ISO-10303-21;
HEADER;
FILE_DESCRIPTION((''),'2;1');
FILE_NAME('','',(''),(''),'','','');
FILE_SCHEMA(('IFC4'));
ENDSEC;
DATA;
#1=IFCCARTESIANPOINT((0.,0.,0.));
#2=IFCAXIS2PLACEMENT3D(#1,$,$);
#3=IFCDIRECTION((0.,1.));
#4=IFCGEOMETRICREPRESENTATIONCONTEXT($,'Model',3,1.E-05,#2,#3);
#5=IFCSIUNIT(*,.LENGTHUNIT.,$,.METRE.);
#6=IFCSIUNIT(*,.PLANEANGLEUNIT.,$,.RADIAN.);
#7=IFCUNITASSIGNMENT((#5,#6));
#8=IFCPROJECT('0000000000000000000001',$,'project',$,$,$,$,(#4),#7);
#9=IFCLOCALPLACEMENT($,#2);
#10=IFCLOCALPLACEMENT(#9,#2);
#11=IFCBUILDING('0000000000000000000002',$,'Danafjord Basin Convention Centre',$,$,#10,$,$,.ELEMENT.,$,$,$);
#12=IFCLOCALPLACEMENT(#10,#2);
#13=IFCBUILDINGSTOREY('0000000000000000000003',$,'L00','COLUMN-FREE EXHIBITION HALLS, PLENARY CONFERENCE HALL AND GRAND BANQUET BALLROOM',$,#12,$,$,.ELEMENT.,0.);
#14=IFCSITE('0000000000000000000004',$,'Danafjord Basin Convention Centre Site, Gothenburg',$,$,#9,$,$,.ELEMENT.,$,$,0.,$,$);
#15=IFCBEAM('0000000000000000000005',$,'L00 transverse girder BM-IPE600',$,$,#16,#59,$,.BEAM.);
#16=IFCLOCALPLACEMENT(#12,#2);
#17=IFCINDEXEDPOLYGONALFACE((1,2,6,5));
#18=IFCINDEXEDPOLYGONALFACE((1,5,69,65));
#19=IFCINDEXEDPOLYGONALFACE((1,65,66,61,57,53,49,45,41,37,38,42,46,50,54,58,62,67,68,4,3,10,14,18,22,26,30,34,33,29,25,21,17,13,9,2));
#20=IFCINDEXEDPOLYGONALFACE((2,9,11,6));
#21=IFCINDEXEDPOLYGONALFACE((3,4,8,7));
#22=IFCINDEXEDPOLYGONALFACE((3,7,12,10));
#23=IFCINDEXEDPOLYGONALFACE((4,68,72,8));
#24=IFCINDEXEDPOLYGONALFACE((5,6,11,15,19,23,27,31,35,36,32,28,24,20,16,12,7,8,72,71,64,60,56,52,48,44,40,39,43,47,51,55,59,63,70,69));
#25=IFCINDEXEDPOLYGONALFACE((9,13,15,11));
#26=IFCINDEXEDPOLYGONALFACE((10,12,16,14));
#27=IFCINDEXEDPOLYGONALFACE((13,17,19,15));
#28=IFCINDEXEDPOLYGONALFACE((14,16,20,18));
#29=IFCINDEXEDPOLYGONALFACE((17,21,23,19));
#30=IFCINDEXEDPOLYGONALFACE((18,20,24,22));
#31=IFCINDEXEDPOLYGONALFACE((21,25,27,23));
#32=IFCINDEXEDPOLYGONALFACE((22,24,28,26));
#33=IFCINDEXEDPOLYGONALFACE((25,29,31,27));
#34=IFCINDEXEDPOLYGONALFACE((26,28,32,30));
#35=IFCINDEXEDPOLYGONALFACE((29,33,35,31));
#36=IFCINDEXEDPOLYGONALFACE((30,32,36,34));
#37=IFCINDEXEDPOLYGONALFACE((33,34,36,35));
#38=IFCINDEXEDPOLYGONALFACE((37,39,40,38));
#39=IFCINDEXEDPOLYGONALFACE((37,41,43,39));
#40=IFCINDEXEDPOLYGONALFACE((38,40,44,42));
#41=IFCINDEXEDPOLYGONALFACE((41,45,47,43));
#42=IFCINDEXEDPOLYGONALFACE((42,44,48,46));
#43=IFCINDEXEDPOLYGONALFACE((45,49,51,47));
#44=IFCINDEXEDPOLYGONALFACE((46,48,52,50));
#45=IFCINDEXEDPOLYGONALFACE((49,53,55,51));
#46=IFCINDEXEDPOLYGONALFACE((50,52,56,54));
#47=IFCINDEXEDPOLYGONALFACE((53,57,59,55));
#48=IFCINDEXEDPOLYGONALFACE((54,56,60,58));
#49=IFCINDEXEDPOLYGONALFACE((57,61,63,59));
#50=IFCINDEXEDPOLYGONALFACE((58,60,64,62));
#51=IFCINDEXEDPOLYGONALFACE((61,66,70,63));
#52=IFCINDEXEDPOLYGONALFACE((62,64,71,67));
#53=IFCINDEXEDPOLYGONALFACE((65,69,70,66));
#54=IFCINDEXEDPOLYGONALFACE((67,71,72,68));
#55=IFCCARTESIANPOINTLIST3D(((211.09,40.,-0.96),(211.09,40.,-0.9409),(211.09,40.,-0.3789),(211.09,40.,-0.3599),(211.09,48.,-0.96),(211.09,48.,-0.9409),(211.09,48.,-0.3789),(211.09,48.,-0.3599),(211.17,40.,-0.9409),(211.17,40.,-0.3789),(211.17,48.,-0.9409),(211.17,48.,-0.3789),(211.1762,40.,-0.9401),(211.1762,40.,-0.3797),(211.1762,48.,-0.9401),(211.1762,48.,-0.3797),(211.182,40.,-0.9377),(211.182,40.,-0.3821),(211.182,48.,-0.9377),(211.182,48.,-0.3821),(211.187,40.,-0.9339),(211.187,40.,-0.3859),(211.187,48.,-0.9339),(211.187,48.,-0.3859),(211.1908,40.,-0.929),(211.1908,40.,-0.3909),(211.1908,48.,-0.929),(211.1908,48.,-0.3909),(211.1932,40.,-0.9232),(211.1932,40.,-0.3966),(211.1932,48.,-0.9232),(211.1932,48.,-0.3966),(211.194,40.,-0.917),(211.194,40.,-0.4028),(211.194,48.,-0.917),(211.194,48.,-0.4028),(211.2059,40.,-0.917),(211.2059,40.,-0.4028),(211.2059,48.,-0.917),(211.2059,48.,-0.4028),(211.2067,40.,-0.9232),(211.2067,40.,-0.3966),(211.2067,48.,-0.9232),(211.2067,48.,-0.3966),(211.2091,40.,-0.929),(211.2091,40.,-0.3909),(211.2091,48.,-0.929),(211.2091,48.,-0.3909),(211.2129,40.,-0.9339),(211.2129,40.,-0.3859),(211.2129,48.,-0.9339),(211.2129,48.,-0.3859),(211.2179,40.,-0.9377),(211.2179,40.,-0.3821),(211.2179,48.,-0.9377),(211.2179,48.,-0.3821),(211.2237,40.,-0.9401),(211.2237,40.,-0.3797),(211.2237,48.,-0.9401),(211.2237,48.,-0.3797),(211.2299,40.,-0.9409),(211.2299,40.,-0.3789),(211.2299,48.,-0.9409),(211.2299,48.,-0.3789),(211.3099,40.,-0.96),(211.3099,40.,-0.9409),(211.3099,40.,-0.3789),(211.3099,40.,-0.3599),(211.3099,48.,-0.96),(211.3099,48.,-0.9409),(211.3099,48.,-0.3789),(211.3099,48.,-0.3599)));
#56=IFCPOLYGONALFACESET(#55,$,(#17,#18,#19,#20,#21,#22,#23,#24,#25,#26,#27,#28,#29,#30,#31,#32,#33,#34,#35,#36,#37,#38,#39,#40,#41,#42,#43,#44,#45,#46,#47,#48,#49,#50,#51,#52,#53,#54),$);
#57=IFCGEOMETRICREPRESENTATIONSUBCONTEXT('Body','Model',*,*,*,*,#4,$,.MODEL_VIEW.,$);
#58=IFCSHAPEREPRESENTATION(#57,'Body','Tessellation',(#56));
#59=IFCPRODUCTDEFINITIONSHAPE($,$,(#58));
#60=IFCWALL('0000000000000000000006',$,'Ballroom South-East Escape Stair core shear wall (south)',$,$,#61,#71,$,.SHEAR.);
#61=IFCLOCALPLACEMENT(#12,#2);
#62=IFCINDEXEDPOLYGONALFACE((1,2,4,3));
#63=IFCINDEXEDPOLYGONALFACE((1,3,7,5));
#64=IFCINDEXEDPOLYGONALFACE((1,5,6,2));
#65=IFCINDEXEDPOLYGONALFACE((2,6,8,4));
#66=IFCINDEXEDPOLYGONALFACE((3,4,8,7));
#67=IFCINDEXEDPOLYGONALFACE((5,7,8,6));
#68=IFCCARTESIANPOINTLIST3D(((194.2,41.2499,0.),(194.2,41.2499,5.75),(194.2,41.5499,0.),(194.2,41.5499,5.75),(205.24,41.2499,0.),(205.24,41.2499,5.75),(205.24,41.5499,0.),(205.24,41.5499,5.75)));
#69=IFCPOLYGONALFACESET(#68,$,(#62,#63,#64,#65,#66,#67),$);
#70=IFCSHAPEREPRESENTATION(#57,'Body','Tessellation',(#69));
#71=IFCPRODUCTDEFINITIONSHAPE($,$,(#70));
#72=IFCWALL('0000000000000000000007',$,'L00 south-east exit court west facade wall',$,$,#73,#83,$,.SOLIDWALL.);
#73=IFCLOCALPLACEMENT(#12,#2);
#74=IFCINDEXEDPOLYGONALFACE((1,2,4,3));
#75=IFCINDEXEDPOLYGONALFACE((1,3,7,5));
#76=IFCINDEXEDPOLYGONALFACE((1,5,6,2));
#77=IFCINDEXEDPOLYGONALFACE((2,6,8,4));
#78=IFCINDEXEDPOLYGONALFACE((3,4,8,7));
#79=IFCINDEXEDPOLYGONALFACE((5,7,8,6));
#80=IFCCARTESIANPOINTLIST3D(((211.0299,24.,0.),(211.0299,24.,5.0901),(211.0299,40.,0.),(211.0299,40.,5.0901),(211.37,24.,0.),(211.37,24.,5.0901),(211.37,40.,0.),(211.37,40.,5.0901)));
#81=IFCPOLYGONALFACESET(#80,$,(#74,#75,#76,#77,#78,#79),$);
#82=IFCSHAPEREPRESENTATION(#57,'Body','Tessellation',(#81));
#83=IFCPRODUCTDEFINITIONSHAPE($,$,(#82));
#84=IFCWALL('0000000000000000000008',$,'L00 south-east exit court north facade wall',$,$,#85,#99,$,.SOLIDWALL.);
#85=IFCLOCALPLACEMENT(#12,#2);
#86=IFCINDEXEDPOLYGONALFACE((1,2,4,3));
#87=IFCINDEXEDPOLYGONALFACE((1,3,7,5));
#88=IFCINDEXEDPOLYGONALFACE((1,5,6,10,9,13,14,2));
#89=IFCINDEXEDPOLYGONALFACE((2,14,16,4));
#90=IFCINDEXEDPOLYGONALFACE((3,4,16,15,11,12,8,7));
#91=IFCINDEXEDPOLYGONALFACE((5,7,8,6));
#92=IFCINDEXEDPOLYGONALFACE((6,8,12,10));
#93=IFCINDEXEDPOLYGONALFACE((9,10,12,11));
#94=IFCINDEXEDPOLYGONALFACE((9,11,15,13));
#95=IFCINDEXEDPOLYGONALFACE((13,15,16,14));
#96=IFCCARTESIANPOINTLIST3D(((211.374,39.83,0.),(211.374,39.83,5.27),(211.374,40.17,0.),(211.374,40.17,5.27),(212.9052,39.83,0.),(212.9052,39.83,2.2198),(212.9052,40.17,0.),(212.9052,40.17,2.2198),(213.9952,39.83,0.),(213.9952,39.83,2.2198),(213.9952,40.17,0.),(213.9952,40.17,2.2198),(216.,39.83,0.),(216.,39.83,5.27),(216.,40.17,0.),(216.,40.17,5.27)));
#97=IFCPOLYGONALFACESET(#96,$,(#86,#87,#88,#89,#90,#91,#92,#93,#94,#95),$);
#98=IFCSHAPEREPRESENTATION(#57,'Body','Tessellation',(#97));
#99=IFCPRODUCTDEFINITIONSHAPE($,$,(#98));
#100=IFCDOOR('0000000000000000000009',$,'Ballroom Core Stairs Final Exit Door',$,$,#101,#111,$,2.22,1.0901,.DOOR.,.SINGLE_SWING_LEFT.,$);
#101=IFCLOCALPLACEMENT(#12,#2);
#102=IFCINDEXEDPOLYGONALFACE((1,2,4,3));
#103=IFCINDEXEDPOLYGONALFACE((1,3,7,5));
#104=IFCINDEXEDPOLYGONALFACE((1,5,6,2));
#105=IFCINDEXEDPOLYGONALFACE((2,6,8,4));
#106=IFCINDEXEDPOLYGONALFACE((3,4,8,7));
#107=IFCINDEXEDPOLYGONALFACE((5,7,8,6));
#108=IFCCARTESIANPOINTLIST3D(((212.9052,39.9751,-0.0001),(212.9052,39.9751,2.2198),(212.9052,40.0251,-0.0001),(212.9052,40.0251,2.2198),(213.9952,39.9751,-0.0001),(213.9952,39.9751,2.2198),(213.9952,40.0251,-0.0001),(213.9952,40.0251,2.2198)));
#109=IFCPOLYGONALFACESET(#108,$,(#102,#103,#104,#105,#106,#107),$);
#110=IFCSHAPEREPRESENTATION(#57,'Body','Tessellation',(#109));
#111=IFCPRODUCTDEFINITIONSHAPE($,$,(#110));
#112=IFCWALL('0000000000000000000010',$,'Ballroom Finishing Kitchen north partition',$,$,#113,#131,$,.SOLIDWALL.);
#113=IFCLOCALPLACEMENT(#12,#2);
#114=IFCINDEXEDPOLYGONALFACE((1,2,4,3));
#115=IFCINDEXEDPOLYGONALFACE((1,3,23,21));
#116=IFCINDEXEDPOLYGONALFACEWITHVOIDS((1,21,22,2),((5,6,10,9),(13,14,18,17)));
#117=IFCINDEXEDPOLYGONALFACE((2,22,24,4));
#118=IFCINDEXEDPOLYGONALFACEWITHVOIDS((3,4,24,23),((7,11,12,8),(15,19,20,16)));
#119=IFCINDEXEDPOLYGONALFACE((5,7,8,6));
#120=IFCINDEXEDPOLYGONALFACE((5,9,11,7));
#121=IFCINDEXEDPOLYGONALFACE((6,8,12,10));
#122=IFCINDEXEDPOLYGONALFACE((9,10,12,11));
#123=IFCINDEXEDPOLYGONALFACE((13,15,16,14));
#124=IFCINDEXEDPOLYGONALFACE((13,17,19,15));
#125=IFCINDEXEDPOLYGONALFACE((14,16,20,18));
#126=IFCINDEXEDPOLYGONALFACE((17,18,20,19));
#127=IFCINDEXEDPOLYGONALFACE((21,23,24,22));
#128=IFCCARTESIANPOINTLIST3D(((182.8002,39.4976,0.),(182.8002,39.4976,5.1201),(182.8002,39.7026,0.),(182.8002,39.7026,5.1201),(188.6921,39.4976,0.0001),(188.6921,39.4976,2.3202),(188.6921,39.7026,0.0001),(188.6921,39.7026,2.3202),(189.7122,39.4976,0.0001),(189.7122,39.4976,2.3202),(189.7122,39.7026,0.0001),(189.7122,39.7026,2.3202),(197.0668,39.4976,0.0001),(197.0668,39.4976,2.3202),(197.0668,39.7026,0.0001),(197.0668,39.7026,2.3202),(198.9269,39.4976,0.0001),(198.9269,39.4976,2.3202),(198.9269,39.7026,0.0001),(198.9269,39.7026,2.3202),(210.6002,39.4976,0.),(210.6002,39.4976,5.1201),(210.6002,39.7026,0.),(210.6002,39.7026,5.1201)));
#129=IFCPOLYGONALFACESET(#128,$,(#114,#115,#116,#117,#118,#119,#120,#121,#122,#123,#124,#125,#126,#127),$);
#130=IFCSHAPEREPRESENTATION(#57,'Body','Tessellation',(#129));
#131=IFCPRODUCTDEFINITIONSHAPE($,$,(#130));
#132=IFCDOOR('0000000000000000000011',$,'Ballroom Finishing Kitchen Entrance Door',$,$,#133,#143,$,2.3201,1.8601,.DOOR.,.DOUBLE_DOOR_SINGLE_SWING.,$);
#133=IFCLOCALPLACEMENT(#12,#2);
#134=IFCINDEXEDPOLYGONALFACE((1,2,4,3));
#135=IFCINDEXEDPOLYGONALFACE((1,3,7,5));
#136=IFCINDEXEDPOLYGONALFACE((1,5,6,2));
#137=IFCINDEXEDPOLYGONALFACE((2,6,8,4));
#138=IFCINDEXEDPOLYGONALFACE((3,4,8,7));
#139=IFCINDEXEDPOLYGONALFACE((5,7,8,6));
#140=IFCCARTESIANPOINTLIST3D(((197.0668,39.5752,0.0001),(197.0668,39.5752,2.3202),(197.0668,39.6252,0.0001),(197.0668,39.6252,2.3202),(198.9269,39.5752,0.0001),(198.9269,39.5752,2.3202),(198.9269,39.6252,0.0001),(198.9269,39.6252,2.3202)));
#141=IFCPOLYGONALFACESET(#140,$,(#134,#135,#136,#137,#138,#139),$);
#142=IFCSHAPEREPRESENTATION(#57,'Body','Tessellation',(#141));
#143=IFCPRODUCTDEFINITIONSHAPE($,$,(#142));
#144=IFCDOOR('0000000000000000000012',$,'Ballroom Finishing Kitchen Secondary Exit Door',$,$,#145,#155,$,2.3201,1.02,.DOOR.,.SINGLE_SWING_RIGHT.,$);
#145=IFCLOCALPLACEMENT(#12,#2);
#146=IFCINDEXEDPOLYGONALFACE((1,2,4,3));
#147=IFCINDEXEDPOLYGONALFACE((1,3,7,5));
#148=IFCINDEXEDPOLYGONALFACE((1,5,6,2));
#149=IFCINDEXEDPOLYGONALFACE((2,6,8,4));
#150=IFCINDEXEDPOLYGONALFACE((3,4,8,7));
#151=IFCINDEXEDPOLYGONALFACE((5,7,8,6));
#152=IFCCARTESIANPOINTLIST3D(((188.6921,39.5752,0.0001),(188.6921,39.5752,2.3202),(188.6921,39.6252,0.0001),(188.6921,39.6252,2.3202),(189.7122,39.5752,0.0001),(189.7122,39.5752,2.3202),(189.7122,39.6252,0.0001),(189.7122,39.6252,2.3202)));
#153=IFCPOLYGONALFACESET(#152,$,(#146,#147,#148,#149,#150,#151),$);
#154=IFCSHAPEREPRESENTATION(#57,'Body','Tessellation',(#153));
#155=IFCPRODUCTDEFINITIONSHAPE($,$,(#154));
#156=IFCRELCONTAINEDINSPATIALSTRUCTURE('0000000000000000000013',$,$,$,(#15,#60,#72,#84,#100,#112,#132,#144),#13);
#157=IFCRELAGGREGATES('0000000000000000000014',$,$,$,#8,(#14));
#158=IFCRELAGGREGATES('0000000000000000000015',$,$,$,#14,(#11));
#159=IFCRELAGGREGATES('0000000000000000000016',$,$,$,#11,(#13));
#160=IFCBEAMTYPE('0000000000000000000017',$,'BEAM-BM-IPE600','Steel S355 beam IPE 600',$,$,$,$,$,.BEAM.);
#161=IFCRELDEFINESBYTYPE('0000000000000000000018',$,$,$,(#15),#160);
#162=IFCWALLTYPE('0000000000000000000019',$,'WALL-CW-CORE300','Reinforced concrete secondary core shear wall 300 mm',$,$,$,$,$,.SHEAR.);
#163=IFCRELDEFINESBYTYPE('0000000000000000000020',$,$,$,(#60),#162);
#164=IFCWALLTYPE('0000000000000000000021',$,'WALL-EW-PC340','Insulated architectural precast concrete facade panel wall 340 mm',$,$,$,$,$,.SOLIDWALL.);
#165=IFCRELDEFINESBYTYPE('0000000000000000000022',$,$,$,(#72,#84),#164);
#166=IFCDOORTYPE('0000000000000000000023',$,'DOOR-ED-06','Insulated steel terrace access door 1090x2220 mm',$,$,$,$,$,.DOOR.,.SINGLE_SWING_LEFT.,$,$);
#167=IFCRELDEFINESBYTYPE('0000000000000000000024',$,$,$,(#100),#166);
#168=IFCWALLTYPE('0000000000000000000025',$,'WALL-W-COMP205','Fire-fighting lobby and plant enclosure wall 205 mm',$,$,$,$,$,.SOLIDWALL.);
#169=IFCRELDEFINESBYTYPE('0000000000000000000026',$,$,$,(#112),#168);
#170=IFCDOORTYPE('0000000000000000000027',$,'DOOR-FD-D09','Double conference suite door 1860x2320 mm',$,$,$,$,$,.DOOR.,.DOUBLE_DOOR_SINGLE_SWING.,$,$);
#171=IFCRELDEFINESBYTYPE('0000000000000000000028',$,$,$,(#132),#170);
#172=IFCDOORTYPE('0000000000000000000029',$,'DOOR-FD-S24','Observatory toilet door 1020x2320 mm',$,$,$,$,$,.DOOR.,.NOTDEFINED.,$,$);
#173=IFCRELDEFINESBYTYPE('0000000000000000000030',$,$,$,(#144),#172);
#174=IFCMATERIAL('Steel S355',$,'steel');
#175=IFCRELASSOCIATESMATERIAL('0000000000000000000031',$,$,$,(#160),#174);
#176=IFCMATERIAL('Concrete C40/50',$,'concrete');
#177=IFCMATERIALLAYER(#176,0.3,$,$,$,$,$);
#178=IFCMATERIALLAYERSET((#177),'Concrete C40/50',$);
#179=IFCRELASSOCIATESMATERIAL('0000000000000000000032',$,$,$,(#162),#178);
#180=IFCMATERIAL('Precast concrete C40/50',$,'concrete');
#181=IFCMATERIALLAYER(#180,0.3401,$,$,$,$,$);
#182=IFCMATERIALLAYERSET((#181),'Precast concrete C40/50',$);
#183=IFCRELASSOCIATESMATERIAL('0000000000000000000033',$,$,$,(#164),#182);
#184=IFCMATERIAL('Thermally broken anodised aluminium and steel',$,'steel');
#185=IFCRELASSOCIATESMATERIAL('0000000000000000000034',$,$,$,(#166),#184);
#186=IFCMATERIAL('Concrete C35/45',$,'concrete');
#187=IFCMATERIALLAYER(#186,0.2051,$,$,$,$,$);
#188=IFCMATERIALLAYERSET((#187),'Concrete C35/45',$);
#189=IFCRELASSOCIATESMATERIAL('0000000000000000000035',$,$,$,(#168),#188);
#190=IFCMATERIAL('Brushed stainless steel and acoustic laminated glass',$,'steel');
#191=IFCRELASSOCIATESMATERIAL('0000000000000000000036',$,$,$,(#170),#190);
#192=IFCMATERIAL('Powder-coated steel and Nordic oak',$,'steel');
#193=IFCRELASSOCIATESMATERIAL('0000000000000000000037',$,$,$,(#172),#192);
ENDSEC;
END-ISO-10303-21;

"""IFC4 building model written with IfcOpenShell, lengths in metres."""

from ifc_helpers import new_model, si_unit, direction, frame, frame_2d, origin, origin_2d, place, context, subcontext, project, spatial, rectangle, i_section, extrude, material, layer, layer_set, material_profile, profile_set, type_object, element, fill, save


model = new_model("IFC4")

# Units and contexts
model_context = context("Model", 3, precision=1e-05, world=origin(), true_north=direction((0.0, 1.0)))
body_context = subcontext(model_context, "Body", "Model", "MODEL_VIEW")
ifc_project = project(units=[si_unit("LENGTHUNIT", "METRE"), si_unit("PLANEANGLEUNIT", "RADIAN")], contexts=[model_context])

# Site, building, storey
site_placement = place(None, origin())
site = spatial("IfcSite", under=ifc_project, at=site_placement, Name="Danafjord Basin Convention Centre Site, Gothenburg", CompositionType="ELEMENT", RefElevation=0.0)
building_placement = place(site_placement, origin())
building = spatial("IfcBuilding", under=site, at=building_placement, Name="Danafjord Basin Convention Centre", CompositionType="ELEMENT")
storey_placement = place(building_placement, origin())
storey = spatial("IfcBuildingStorey", under=building, at=storey_placement, Name="L00", Description="COLUMN-FREE EXHIBITION HALLS, PLENARY CONFERENCE HALL AND GRAND BANQUET BALLROOM", CompositionType="ELEMENT", Elevation=0.0)

# Shared definitions
ifc_material_1 = material(Name="Concrete C40/50", Category="concrete")

# Shared definitions
ifc_material_2 = material(Name="Steel S355", Category="steel")

# Beam
ifc_material_profile_1 = material_profile(ifc_material_2, i_section(OverallWidth=0.22, OverallDepth=0.6001, WebThickness=0.012, FlangeThickness=0.019, FilletRadius=0.0239, at=origin_2d()), Name="IPE 600")
ifc_profile_set_1 = profile_set([ifc_material_profile_1], Name="Steel S355")
beam_type_1 = type_object("IfcBeamType", Name="BEAM-BM-IPE600", Description="Steel S355 beam IPE 600", PredefinedType="BEAM", material=ifc_profile_set_1)
beam_1_placement = place(storey_placement, frame((211.2, 40.0, -0.6599), z_axis=(0.0, 1.0, 0.0), x_axis=(-1.0, 0.0, 0.0)))
element("IfcBeam", 1, at=beam_1_placement, inside=storey, type_object=beam_type_1, Name="L00 transverse girder BM-IPE600", PredefinedType="BEAM", context=body_context, shape_type="SweptSolid", body=[
    extrude(i_section(OverallWidth=0.22, OverallDepth=0.6001, WebThickness=0.012, FlangeThickness=0.019, FilletRadius=0.0239, at=origin_2d()), origin(), (0.0, 0.0, 1.0), 8.0),
])

# Walls
ifc_layer_1 = layer(ifc_material_1, 0.3)
ifc_layer_set_1 = layer_set([ifc_layer_1], Name="Concrete C40/50")
wall_type_1 = type_object("IfcWallType", Name="WALL-CW-CORE300", Description="Reinforced concrete secondary core shear wall 300 mm", PredefinedType="SHEAR", material=ifc_layer_set_1)
wall_1_placement = place(storey_placement, frame((205.24, 41.3999, 0.0), z_axis=(0.0, 0.0, 1.0), x_axis=(-1.0, 0.0, 0.0)))
element("IfcWall", 2, at=wall_1_placement, inside=storey, type_object=wall_type_1, Name="Ballroom South-East Escape Stair core shear wall (south)", PredefinedType="SHEAR", context=body_context, shape_type="SweptSolid", body=[
    extrude(rectangle(XDim=11.04, YDim=0.3, at=frame_2d((5.52, 0.0))), origin(), (0.0, 0.0, 1.0), 5.75),
])
ifc_material_3 = material(Name="Precast concrete C40/50", Category="concrete")
ifc_layer_2 = layer(ifc_material_3, 0.3401)
ifc_layer_set_2 = layer_set([ifc_layer_2], Name="Precast concrete C40/50")
wall_type_2 = type_object("IfcWallType", Name="WALL-EW-PC340", Description="Insulated architectural precast concrete facade panel wall 340 mm", PredefinedType="SOLIDWALL", material=ifc_layer_set_2)
wall_2_placement = place(storey_placement, frame((211.2, 40.0, 0.0), z_axis=(0.0, 0.0, 1.0), x_axis=(0.0, -1.0, 0.0)))
element("IfcWall", 3, at=wall_2_placement, inside=storey, type_object=wall_type_2, Name="L00 south-east exit court west facade wall", PredefinedType="SOLIDWALL", context=body_context, shape_type="SweptSolid", body=[
    extrude(rectangle(XDim=16.0, YDim=0.3401, at=frame_2d((8.0, 0.0))), origin(), (0.0, 0.0, 1.0), 5.0901),
])

# Wall, opening, door
wall_3_placement = place(storey_placement, frame((216.0, 40.0, 0.0), z_axis=(0.0, 0.0, 1.0), x_axis=(-1.0, 0.0, 0.0)))
wall_3 = element("IfcWall", 4, at=wall_3_placement, inside=storey, type_object=wall_type_2, Name="L00 south-east exit court north facade wall", PredefinedType="SOLIDWALL", context=body_context, shape_type="SweptSolid", body=[
    extrude(rectangle(XDim=4.626, YDim=0.3401, at=frame_2d((2.313, 0.0))), origin(), (0.0, 0.0, 1.0), 5.27),
])
opening_1_placement = place(wall_3_placement, frame((2.0049, 0.0, 0.0)))
opening_1 = element("IfcOpeningElement", 5, at=opening_1_placement, cuts=wall_3, PredefinedType="OPENING", context=body_context, shape_type="SweptSolid", body=[
    extrude(rectangle(XDim=1.0901, YDim=2.22, at=frame_2d((0.5449, 1.1099))), frame((0.0, 0.1799, 0.0), z_axis=(0.0, -1.0, 0.0), x_axis=(1.0, 0.0, 0.0)), (0.0, 0.0, 1.0), 0.3601),
])
ifc_material_4 = material(Name="Thermally broken anodised aluminium and steel", Category="steel")
door_type_1 = type_object("IfcDoorType", Name="DOOR-ED-06", Description="Insulated steel terrace access door 1090x2220 mm", OperationType="SINGLE_SWING_LEFT", PredefinedType="DOOR", material=ifc_material_4)
door_1_placement = place(opening_1_placement, origin())
door_1 = element("IfcDoor", 6, at=door_1_placement, inside=storey, type_object=door_type_1, Name="Ballroom Core Stairs Final Exit Door", OperationType="SINGLE_SWING_LEFT", OverallHeight=2.22, OverallWidth=1.0901, PredefinedType="DOOR", context=body_context, shape_type="SweptSolid", body=[
    extrude(rectangle(XDim=1.0901, YDim=2.22, at=frame_2d((0.5449, 1.1099))), frame((0.0, 0.0249, 0.0), z_axis=(0.0, -1.0, 0.0), x_axis=(1.0, 0.0, 0.0)), (0.0, 0.0, 1.0), 0.05),
])
fill(opening_1, door_1)

# Wall, openings, doors
ifc_material_5 = material(Name="Concrete C35/45", Category="concrete")
ifc_layer_3 = layer(ifc_material_5, 0.2051)
ifc_layer_set_3 = layer_set([ifc_layer_3], Name="Concrete C35/45")
wall_type_3 = type_object("IfcWallType", Name="WALL-W-COMP205", Description="Fire-fighting lobby and plant enclosure wall 205 mm", PredefinedType="SOLIDWALL", material=ifc_layer_set_3)
wall_4_placement = place(storey_placement, frame((210.6001, 39.6001, 0.0), z_axis=(0.0, 0.0, 1.0), x_axis=(-1.0, 0.0, 0.0)))
wall_4 = element("IfcWall", 7, at=wall_4_placement, inside=storey, type_object=wall_type_3, Name="Ballroom Finishing Kitchen north partition", PredefinedType="SOLIDWALL", context=body_context, shape_type="SweptSolid", body=[
    extrude(rectangle(XDim=27.8, YDim=0.2051, at=frame_2d((13.8999, 0.0))), origin(), (0.0, 0.0, 1.0), 5.1201),
])
opening_2_placement = place(wall_4_placement, frame((11.6731, 0.0, 0.0)))
opening_2 = element("IfcOpeningElement", 8, at=opening_2_placement, cuts=wall_4, PredefinedType="OPENING", context=body_context, shape_type="SweptSolid", body=[
    extrude(rectangle(XDim=1.8601, YDim=2.3201, at=frame_2d((0.9302, 1.1602))), frame((0.0, 0.1125, 0.0), z_axis=(0.0, -1.0, 0.0), x_axis=(1.0, 0.0, 0.0)), (0.0, 0.0, 1.0), 0.2251),
])
opening_3_placement = place(wall_4_placement, frame((20.8879, 0.0, 0.0)))
opening_3 = element("IfcOpeningElement", 9, at=opening_3_placement, cuts=wall_4, PredefinedType="OPENING", context=body_context, shape_type="SweptSolid", body=[
    extrude(rectangle(XDim=1.02, YDim=2.3201, at=frame_2d((0.51, 1.1602))), frame((0.0, 0.1125, 0.0), z_axis=(0.0, -1.0, 0.0), x_axis=(1.0, 0.0, 0.0)), (0.0, 0.0, 1.0), 0.2251),
])
ifc_material_6 = material(Name="Brushed stainless steel and acoustic laminated glass", Category="steel")
door_type_2 = type_object("IfcDoorType", Name="DOOR-FD-D09", Description="Double conference suite door 1860x2320 mm", OperationType="DOUBLE_DOOR_SINGLE_SWING", PredefinedType="DOOR", material=ifc_material_6)
door_2_placement = place(opening_2_placement, origin())
door_2 = element("IfcDoor", 10, at=door_2_placement, inside=storey, type_object=door_type_2, Name="Ballroom Finishing Kitchen Entrance Door", OperationType="DOUBLE_DOOR_SINGLE_SWING", OverallHeight=2.3201, OverallWidth=1.8601, PredefinedType="DOOR", context=body_context, shape_type="SweptSolid", body=[
    extrude(rectangle(XDim=1.8601, YDim=2.3201, at=frame_2d((0.9302, 1.1602))), frame((0.0, 0.0249, 0.0), z_axis=(0.0, -1.0, 0.0), x_axis=(1.0, 0.0, 0.0)), (0.0, 0.0, 1.0), 0.05),
])
fill(opening_2, door_2)
ifc_material_7 = material(Name="Powder-coated steel and Nordic oak", Category="steel")
door_type_3 = type_object("IfcDoorType", Name="DOOR-FD-S24", Description="Observatory toilet door 1020x2320 mm", OperationType="NOTDEFINED", PredefinedType="DOOR", material=ifc_material_7)
door_3_placement = place(opening_3_placement, origin())
door_3 = element("IfcDoor", 11, at=door_3_placement, inside=storey, type_object=door_type_3, Name="Ballroom Finishing Kitchen Secondary Exit Door", OperationType="SINGLE_SWING_RIGHT", OverallHeight=2.3201, OverallWidth=1.02, PredefinedType="DOOR", context=body_context, shape_type="SweptSolid", body=[
    extrude(rectangle(XDim=1.02, YDim=2.3201, at=frame_2d((0.51, 1.1602))), frame((0.0, 0.0249, 0.0), z_axis=(0.0, -1.0, 0.0), x_axis=(1.0, 0.0, 0.0)), (0.0, 0.0, 1.0), 0.05),
])
fill(opening_3, door_3)

save(model, "model.ifc")
